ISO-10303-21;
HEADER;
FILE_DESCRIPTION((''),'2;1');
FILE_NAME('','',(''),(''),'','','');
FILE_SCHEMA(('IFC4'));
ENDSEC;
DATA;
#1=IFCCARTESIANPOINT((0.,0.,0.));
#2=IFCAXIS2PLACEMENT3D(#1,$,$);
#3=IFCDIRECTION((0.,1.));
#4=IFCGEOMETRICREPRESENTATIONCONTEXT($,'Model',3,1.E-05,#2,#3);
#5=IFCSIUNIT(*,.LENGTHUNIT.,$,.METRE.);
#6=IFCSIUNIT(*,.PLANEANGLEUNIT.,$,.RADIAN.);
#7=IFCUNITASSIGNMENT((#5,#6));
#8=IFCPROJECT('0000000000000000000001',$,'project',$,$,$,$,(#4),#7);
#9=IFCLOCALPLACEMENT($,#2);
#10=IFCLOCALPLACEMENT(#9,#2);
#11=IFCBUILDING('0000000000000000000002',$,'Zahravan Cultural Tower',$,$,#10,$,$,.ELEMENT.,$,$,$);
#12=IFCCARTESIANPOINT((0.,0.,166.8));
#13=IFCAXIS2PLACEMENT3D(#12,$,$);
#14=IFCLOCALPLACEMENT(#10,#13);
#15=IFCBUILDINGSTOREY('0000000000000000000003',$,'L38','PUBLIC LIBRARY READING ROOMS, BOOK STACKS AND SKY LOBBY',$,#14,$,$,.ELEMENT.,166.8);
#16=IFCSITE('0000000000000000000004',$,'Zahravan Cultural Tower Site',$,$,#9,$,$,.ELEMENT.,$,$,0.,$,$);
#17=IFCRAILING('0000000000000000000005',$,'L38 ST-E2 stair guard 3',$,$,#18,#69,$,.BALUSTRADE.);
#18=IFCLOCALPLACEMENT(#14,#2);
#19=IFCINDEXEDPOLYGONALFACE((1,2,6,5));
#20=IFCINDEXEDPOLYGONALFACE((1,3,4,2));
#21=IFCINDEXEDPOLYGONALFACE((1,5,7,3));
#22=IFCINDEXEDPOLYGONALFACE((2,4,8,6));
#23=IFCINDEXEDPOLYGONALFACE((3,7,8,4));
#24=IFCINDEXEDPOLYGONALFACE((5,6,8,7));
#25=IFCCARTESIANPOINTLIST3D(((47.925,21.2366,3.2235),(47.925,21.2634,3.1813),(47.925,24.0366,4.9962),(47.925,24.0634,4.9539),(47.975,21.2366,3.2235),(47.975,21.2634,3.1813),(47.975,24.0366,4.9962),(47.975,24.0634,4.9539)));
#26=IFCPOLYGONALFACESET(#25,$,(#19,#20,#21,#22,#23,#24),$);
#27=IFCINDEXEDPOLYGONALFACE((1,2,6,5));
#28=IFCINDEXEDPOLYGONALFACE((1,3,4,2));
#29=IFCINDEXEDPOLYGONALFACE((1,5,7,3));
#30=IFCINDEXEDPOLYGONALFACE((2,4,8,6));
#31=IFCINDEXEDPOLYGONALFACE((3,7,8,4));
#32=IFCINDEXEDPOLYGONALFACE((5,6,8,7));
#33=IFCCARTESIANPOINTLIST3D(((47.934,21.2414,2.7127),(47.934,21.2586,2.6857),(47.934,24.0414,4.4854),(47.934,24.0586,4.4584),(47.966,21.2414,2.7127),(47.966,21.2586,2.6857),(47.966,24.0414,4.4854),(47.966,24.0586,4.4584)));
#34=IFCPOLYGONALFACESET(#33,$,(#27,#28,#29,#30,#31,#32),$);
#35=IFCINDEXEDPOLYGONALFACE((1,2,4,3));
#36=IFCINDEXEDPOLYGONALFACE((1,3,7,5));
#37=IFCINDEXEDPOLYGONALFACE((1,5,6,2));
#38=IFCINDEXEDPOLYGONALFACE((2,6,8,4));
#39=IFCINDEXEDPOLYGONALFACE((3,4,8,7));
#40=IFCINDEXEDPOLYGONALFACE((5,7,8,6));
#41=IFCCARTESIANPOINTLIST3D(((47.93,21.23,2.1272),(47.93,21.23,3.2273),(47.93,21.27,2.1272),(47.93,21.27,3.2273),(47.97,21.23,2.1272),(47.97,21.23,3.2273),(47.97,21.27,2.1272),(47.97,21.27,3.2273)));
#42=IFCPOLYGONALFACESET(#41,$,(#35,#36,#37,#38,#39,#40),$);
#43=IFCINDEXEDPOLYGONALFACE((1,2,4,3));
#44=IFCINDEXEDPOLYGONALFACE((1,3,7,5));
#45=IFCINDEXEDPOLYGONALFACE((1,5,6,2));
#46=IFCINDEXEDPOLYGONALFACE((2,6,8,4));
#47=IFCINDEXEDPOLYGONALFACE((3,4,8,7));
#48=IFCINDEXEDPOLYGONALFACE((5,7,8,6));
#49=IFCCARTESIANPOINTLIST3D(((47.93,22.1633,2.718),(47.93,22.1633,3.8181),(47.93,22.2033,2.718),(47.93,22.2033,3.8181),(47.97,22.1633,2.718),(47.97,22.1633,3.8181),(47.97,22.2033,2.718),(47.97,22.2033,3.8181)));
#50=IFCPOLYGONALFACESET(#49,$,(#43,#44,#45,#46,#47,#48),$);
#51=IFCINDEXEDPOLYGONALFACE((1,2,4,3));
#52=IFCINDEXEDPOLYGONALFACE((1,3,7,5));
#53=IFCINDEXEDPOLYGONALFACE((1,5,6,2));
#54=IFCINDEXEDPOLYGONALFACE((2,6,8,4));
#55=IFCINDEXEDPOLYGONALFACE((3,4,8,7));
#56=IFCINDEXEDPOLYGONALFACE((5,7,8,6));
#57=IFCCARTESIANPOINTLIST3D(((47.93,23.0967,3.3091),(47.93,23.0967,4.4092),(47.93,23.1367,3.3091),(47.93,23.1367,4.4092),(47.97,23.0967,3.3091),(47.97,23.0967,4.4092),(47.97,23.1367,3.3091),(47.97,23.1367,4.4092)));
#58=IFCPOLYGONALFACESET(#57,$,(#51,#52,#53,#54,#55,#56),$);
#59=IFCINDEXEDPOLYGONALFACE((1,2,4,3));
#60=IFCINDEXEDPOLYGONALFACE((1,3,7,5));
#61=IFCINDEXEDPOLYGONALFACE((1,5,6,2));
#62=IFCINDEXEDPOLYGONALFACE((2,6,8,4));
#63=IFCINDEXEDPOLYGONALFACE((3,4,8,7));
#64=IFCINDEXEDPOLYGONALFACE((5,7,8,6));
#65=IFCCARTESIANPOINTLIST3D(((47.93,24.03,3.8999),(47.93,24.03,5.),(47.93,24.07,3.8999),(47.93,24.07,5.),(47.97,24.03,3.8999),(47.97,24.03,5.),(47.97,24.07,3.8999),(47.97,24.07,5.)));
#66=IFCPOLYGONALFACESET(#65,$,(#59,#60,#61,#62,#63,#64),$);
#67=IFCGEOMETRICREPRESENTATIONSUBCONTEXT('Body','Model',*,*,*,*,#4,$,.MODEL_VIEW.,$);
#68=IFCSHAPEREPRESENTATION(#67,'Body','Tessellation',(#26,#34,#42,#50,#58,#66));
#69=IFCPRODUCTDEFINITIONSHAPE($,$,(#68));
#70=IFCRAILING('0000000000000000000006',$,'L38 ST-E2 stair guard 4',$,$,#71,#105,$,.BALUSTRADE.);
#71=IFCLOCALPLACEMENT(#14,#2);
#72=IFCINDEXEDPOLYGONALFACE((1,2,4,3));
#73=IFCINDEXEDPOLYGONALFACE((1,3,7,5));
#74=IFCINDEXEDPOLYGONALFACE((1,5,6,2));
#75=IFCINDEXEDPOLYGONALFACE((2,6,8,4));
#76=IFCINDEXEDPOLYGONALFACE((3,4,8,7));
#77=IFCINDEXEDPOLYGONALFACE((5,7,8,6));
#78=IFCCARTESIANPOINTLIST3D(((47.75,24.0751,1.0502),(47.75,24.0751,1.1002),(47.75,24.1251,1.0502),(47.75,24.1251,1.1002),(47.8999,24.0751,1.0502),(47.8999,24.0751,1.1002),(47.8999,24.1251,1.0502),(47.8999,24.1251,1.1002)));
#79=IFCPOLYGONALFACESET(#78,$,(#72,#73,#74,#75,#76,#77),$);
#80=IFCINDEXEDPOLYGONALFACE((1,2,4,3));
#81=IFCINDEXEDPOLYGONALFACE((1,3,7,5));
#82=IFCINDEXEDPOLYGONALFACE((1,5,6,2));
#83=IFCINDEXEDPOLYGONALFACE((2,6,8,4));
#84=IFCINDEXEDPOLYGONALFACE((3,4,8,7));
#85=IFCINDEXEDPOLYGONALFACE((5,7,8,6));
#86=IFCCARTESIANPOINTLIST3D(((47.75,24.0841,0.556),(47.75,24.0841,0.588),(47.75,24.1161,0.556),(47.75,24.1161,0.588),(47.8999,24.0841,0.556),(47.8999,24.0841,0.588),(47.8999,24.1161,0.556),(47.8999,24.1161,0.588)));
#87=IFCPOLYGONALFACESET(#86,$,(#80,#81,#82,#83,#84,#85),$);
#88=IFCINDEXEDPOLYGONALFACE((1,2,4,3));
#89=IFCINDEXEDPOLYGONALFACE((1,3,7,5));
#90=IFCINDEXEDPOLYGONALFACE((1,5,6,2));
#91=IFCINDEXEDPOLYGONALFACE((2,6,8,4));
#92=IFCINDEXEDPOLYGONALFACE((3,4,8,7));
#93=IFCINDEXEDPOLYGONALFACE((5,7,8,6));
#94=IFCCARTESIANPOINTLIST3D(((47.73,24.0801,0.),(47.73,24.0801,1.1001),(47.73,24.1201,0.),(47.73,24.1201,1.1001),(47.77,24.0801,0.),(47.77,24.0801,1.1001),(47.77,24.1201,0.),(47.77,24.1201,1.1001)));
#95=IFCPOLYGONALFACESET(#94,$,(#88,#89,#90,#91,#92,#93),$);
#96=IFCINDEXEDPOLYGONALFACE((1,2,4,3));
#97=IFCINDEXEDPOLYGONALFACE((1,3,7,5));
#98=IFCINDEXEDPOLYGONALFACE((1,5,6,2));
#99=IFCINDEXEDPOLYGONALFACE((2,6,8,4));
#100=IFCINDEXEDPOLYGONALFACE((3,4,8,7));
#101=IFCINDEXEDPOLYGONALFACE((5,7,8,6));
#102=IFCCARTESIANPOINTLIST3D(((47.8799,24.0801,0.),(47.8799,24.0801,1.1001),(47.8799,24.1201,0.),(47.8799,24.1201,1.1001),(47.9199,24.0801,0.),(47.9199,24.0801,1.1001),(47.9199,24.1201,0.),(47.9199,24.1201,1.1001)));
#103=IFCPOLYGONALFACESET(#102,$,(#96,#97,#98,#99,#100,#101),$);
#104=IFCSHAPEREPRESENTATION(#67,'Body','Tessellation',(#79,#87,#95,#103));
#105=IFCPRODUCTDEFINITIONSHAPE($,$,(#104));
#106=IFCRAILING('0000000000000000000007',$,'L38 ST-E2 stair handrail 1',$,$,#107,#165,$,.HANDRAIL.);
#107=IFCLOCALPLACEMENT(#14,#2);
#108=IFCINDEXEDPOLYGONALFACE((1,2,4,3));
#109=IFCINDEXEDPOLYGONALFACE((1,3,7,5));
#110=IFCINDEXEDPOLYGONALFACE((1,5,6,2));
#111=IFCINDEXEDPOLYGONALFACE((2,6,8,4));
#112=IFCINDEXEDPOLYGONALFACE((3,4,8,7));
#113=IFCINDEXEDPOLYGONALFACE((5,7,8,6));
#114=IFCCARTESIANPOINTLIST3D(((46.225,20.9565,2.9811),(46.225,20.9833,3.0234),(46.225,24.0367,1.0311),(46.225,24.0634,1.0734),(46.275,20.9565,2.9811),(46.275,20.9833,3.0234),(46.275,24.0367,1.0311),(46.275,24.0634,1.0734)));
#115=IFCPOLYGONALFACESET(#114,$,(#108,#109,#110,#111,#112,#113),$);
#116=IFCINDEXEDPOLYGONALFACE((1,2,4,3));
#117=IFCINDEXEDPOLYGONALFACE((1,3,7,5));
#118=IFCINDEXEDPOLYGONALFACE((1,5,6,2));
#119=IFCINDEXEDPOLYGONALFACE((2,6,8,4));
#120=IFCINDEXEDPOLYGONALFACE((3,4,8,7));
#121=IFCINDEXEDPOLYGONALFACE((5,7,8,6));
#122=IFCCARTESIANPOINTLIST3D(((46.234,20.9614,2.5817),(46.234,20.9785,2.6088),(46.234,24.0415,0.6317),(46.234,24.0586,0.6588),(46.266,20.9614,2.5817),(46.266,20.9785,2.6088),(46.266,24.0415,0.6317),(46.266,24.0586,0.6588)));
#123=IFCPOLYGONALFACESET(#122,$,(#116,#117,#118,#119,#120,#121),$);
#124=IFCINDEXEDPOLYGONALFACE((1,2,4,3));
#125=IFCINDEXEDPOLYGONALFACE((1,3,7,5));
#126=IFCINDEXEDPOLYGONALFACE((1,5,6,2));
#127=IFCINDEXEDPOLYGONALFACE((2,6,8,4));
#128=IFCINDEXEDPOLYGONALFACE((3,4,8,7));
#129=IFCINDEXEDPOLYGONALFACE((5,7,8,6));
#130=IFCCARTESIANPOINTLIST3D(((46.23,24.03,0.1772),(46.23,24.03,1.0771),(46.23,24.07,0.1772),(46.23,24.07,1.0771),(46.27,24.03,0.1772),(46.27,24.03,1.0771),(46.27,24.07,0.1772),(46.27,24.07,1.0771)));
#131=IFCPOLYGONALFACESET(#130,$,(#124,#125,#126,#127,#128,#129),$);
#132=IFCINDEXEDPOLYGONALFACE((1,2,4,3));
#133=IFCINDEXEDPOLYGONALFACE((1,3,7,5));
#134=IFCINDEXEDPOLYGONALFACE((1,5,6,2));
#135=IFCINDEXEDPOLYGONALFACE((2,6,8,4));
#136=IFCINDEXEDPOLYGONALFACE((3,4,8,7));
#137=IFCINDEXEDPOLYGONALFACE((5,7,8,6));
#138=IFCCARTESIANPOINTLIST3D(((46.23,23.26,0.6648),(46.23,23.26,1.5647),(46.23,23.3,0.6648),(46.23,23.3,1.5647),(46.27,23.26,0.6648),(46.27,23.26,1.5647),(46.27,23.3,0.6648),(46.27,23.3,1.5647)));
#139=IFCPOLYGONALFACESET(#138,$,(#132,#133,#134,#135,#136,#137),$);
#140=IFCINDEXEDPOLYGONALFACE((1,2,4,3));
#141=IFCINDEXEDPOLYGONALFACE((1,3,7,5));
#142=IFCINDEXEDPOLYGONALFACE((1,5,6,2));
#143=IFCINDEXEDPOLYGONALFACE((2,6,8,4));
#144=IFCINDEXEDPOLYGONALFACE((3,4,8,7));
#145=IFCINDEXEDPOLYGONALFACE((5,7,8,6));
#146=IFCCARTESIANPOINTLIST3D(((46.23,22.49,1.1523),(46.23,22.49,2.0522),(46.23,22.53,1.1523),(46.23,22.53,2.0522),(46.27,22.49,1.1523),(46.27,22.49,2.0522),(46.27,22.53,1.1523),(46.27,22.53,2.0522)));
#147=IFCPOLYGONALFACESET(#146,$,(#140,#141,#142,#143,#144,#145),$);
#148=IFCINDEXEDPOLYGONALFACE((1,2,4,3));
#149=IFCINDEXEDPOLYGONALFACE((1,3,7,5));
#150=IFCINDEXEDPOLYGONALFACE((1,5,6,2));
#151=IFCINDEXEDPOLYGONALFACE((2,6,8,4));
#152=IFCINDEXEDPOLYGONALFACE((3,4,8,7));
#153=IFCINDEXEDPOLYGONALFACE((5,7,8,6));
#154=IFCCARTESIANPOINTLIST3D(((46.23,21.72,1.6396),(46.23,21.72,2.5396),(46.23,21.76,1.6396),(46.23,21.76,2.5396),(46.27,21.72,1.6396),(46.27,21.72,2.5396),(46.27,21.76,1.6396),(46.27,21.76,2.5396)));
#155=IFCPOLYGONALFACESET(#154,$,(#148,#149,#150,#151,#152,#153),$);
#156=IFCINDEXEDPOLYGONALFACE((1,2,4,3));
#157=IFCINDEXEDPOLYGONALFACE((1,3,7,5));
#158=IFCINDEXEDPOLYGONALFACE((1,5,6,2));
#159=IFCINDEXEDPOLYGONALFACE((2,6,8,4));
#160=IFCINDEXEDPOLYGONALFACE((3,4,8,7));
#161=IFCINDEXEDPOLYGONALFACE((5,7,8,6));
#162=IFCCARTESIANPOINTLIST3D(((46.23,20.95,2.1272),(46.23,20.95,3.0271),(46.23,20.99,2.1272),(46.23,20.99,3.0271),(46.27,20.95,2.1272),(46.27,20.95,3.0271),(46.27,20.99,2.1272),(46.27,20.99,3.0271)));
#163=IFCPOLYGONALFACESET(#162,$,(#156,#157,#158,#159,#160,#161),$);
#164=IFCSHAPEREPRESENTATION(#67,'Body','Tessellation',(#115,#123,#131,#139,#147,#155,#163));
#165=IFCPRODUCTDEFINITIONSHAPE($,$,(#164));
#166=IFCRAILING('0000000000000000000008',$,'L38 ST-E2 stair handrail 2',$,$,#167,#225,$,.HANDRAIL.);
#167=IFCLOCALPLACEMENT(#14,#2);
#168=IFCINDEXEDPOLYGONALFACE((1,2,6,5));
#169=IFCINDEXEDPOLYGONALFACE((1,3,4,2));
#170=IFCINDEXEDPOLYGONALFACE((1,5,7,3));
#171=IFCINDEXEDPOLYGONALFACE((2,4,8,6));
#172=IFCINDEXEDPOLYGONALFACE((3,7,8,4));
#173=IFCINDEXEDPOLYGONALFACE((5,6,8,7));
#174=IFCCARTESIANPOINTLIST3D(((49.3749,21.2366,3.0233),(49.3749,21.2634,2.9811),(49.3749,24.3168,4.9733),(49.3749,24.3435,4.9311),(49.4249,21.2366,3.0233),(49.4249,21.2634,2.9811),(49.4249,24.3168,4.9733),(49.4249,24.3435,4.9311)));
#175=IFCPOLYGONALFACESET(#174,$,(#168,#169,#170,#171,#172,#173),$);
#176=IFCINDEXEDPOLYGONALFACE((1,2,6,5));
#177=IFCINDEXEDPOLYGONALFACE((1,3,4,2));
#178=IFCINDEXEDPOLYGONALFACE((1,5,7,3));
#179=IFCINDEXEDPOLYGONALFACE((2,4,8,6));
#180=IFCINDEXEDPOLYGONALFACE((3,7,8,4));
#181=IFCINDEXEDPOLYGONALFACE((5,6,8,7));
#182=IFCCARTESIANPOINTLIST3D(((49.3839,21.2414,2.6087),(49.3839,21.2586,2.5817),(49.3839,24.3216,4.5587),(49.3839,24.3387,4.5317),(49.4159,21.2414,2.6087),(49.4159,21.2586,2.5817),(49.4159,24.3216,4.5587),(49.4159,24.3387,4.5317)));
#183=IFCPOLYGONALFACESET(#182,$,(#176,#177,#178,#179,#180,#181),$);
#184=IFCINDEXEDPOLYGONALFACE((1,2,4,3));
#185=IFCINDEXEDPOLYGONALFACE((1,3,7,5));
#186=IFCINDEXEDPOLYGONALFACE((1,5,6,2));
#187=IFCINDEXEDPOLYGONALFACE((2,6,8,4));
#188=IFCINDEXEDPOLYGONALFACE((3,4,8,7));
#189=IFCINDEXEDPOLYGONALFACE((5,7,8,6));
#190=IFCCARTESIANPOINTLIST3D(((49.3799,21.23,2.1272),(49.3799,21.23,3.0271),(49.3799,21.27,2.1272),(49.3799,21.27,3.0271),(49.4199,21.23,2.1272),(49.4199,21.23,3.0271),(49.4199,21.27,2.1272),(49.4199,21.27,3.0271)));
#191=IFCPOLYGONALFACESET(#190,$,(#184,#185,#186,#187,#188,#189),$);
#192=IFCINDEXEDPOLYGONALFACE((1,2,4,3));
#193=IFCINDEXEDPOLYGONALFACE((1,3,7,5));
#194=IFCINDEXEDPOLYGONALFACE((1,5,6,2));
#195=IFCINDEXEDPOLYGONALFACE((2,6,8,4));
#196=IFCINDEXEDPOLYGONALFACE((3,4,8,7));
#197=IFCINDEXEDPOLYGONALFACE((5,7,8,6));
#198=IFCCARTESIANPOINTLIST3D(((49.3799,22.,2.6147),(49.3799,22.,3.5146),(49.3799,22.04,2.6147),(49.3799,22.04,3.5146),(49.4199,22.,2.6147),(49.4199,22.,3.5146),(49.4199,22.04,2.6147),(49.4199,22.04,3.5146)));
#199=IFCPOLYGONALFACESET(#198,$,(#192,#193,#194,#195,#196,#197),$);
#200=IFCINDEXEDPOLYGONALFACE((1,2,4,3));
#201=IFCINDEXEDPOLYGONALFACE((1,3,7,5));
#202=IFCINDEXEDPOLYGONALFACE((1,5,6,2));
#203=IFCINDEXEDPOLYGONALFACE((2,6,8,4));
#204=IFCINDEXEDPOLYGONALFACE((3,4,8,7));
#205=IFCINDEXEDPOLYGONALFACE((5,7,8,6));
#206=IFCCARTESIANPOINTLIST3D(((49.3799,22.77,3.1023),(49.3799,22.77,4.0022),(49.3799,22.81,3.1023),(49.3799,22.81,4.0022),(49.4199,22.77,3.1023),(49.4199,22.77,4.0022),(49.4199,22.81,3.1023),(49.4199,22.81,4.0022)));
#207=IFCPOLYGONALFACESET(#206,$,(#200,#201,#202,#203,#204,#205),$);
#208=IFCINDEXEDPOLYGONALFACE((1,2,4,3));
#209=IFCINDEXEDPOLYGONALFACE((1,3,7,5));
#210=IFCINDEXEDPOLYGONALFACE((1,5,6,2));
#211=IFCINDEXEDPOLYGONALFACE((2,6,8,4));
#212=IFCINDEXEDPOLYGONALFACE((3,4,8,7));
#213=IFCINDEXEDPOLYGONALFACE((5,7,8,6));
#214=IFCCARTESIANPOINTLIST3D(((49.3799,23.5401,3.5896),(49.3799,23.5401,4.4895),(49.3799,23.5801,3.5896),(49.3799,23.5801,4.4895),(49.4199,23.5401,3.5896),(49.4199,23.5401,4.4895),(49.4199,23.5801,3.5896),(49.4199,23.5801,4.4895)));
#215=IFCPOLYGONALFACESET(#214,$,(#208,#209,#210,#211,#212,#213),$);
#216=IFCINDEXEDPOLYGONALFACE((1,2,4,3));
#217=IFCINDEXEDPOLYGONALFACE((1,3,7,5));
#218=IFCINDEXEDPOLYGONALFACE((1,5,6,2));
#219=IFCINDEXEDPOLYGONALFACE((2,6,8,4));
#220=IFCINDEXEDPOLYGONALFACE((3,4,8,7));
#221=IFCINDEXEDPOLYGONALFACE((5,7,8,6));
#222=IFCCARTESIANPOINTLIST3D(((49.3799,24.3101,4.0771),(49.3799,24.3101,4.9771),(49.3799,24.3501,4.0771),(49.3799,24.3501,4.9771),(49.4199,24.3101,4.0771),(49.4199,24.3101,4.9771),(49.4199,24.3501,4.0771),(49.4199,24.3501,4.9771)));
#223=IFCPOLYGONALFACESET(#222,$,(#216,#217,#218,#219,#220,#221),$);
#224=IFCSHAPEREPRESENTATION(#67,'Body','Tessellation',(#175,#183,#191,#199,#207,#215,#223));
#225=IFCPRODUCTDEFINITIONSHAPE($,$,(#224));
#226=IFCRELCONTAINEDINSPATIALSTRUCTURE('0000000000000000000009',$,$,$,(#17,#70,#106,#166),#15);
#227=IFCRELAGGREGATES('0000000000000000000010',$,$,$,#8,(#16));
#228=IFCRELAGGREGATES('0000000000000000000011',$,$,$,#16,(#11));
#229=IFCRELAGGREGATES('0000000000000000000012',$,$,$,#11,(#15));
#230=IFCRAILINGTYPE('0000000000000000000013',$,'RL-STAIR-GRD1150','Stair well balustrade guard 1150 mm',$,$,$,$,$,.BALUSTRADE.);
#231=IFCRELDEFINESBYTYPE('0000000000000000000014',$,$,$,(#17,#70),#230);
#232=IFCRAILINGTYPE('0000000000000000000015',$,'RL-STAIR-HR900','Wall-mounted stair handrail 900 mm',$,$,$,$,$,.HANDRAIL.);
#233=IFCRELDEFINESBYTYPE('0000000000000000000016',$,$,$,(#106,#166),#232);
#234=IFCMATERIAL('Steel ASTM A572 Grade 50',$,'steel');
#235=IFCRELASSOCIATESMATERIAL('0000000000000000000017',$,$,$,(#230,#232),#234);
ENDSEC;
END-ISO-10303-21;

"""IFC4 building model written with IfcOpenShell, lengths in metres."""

from ifc_helpers import new_model, si_unit, direction, frame, origin, origin_2d, place, context, subcontext, project, spatial, rectangle, extrude, material, type_object, element, save


model = new_model("IFC4")

# Units and contexts
model_context = context("Model", 3, precision=1e-05, world=origin(), true_north=direction((0.0, 1.0)))
body_context = subcontext(model_context, "Body", "Model", "MODEL_VIEW")
ifc_project = project(units=[si_unit("LENGTHUNIT", "METRE"), si_unit("PLANEANGLEUNIT", "RADIAN")], contexts=[model_context])

# Site, building, storey
site_placement = place(None, origin())
site = spatial("IfcSite", under=ifc_project, at=site_placement, Name="Zahravan Cultural Tower Site", CompositionType="ELEMENT", RefElevation=0.0)
building_placement = place(site_placement, origin())
building = spatial("IfcBuilding", under=site, at=building_placement, Name="Zahravan Cultural Tower", CompositionType="ELEMENT")
storey_placement = place(building_placement, frame((0.0, 0.0, 166.8)))
storey = spatial("IfcBuildingStorey", under=building, at=storey_placement, Name="L38", Description="PUBLIC LIBRARY READING ROOMS, BOOK STACKS AND SKY LOBBY", CompositionType="ELEMENT", Elevation=166.8)

# Shared definitions
ifc_material_1 = material(Name="Steel ASTM A572 Grade 50", Category="steel")

# Railings
railing_type_1 = type_object("IfcRailingType", Name="RL-STAIR-GRD1150", Description="Stair well balustrade guard 1150 mm", PredefinedType="BALUSTRADE", material=ifc_material_1)
railing_1_placement = place(storey_placement, frame((47.95, 21.25, 2.1272)))
element("IfcRailing", 1, at=railing_1_placement, inside=storey, type_object=railing_type_1, Name="L38 ST-E2 stair guard 3", PredefinedType="BALUSTRADE", context=body_context, shape_type="SweptSolid", body=[
    extrude(rectangle(XDim=0.05, YDim=0.05, at=origin_2d()), frame((0.0, 0.0, 1.0752), z_axis=(0.0, 0.844909, 0.53491), x_axis=(-1.0, 0.0, 0.0)), (0.0, 0.0, 1.0), 3.314),
    extrude(rectangle(XDim=0.032, YDim=0.032, at=origin_2d()), frame((0.0, 0.0, 0.572), z_axis=(0.0, 0.844909, 0.53491), x_axis=(-1.0, 0.0, 0.0)), (0.0, 0.0, 1.0), 3.314),
    extrude(rectangle(XDim=0.04, YDim=0.04, at=origin_2d()), origin(), (0.0, 0.0, 1.0), 1.1001),
    extrude(rectangle(XDim=0.04, YDim=0.04, at=origin_2d()), frame((0.0, 0.9333, 0.5908)), (0.0, 0.0, 1.0), 1.1001),
    extrude(rectangle(XDim=0.04, YDim=0.04, at=origin_2d()), frame((0.0, 1.8667, 1.1819)), (0.0, 0.0, 1.0), 1.1001),
    extrude(rectangle(XDim=0.04, YDim=0.04, at=origin_2d()), frame((0.0, 2.8, 1.7727)), (0.0, 0.0, 1.0), 1.1001),
])
railing_2_placement = place(storey_placement, frame((47.75, 24.1001, 0.0)))
element("IfcRailing", 2, at=railing_2_placement, inside=storey, type_object=railing_type_1, Name="L38 ST-E2 stair guard 4", PredefinedType="BALUSTRADE", context=body_context, shape_type="SweptSolid", body=[
    extrude(rectangle(XDim=0.05, YDim=0.05, at=origin_2d()), frame((0.0, 0.0, 1.0752), z_axis=(1.0, 0.0, 0.0), x_axis=(0.0, 1.0, 0.0)), (0.0, 0.0, 1.0), 0.1499),
    extrude(rectangle(XDim=0.032, YDim=0.032, at=origin_2d()), frame((0.0, 0.0, 0.572), z_axis=(1.0, 0.0, 0.0), x_axis=(0.0, 1.0, 0.0)), (0.0, 0.0, 1.0), 0.1499),
    extrude(rectangle(XDim=0.04, YDim=0.04, at=origin_2d()), origin(), (0.0, 0.0, 1.0), 1.1001),
    extrude(rectangle(XDim=0.04, YDim=0.04, at=origin_2d()), frame((0.1499, 0.0, 0.0)), (0.0, 0.0, 1.0), 1.1001),
])
railing_type_2 = type_object("IfcRailingType", Name="RL-STAIR-HR900", Description="Wall-mounted stair handrail 900 mm", PredefinedType="HANDRAIL", material=ifc_material_1)
railing_3_placement = place(storey_placement, frame((46.25, 24.05, 0.1772)))
element("IfcRailing", 3, at=railing_3_placement, inside=storey, type_object=railing_type_2, Name="L38 ST-E2 stair handrail 1", PredefinedType="HANDRAIL", context=body_context, shape_type="SweptSolid", body=[
    extrude(rectangle(XDim=0.05, YDim=0.05, at=origin_2d()), frame((0.0, 0.0, 0.875), z_axis=(0.0, -0.844914, 0.534902), x_axis=(1.0, 0.0, 0.0)), (0.0, 0.0, 1.0), 3.6455),
    extrude(rectangle(XDim=0.032, YDim=0.032, at=origin_2d()), frame((0.0, 0.0, 0.468), z_axis=(0.0, -0.844914, 0.534902), x_axis=(1.0, 0.0, 0.0)), (0.0, 0.0, 1.0), 3.6455),
    extrude(rectangle(XDim=0.04, YDim=0.04, at=origin_2d()), origin(), (0.0, 0.0, 1.0), 0.8999),
    extrude(rectangle(XDim=0.04, YDim=0.04, at=origin_2d()), frame((0.0, -0.77, 0.4875)), (0.0, 0.0, 1.0), 0.8999),
    extrude(rectangle(XDim=0.04, YDim=0.04, at=origin_2d()), frame((0.0, -1.54, 0.9751)), (0.0, 0.0, 1.0), 0.8999),
    extrude(rectangle(XDim=0.04, YDim=0.04, at=origin_2d()), frame((0.0, -2.3101, 1.4624)), (0.0, 0.0, 1.0), 0.8999),
    extrude(rectangle(XDim=0.04, YDim=0.04, at=origin_2d()), frame((0.0, -3.0801, 1.95)), (0.0, 0.0, 1.0), 0.8999),
])
railing_4_placement = place(storey_placement, frame((49.3999, 21.25, 2.1272)))
element("IfcRailing", 4, at=railing_4_placement, inside=storey, type_object=railing_type_2, Name="L38 ST-E2 stair handrail 2", PredefinedType="HANDRAIL", context=body_context, shape_type="SweptSolid", body=[
    extrude(rectangle(XDim=0.05, YDim=0.05, at=origin_2d()), frame((0.0, 0.0, 0.875), z_axis=(0.0, 0.844914, 0.534902), x_axis=(-1.0, 0.0, 0.0)), (0.0, 0.0, 1.0), 3.6455),
    extrude(rectangle(XDim=0.032, YDim=0.032, at=origin_2d()), frame((0.0, 0.0, 0.468), z_axis=(0.0, 0.844914, 0.534902), x_axis=(-1.0, 0.0, 0.0)), (0.0, 0.0, 1.0), 3.6455),
    extrude(rectangle(XDim=0.04, YDim=0.04, at=origin_2d()), origin(), (0.0, 0.0, 1.0), 0.8999),
    extrude(rectangle(XDim=0.04, YDim=0.04, at=origin_2d()), frame((0.0, 0.77, 0.4875)), (0.0, 0.0, 1.0), 0.8999),
    extrude(rectangle(XDim=0.04, YDim=0.04, at=origin_2d()), frame((0.0, 1.54, 0.9751)), (0.0, 0.0, 1.0), 0.8999),
    extrude(rectangle(XDim=0.04, YDim=0.04, at=origin_2d()), frame((0.0, 2.3101, 1.4624)), (0.0, 0.0, 1.0), 0.8999),
    extrude(rectangle(XDim=0.04, YDim=0.04, at=origin_2d()), frame((0.0, 3.0801, 1.95)), (0.0, 0.0, 1.0), 0.8999),
])

save(model, "model.ifc")
